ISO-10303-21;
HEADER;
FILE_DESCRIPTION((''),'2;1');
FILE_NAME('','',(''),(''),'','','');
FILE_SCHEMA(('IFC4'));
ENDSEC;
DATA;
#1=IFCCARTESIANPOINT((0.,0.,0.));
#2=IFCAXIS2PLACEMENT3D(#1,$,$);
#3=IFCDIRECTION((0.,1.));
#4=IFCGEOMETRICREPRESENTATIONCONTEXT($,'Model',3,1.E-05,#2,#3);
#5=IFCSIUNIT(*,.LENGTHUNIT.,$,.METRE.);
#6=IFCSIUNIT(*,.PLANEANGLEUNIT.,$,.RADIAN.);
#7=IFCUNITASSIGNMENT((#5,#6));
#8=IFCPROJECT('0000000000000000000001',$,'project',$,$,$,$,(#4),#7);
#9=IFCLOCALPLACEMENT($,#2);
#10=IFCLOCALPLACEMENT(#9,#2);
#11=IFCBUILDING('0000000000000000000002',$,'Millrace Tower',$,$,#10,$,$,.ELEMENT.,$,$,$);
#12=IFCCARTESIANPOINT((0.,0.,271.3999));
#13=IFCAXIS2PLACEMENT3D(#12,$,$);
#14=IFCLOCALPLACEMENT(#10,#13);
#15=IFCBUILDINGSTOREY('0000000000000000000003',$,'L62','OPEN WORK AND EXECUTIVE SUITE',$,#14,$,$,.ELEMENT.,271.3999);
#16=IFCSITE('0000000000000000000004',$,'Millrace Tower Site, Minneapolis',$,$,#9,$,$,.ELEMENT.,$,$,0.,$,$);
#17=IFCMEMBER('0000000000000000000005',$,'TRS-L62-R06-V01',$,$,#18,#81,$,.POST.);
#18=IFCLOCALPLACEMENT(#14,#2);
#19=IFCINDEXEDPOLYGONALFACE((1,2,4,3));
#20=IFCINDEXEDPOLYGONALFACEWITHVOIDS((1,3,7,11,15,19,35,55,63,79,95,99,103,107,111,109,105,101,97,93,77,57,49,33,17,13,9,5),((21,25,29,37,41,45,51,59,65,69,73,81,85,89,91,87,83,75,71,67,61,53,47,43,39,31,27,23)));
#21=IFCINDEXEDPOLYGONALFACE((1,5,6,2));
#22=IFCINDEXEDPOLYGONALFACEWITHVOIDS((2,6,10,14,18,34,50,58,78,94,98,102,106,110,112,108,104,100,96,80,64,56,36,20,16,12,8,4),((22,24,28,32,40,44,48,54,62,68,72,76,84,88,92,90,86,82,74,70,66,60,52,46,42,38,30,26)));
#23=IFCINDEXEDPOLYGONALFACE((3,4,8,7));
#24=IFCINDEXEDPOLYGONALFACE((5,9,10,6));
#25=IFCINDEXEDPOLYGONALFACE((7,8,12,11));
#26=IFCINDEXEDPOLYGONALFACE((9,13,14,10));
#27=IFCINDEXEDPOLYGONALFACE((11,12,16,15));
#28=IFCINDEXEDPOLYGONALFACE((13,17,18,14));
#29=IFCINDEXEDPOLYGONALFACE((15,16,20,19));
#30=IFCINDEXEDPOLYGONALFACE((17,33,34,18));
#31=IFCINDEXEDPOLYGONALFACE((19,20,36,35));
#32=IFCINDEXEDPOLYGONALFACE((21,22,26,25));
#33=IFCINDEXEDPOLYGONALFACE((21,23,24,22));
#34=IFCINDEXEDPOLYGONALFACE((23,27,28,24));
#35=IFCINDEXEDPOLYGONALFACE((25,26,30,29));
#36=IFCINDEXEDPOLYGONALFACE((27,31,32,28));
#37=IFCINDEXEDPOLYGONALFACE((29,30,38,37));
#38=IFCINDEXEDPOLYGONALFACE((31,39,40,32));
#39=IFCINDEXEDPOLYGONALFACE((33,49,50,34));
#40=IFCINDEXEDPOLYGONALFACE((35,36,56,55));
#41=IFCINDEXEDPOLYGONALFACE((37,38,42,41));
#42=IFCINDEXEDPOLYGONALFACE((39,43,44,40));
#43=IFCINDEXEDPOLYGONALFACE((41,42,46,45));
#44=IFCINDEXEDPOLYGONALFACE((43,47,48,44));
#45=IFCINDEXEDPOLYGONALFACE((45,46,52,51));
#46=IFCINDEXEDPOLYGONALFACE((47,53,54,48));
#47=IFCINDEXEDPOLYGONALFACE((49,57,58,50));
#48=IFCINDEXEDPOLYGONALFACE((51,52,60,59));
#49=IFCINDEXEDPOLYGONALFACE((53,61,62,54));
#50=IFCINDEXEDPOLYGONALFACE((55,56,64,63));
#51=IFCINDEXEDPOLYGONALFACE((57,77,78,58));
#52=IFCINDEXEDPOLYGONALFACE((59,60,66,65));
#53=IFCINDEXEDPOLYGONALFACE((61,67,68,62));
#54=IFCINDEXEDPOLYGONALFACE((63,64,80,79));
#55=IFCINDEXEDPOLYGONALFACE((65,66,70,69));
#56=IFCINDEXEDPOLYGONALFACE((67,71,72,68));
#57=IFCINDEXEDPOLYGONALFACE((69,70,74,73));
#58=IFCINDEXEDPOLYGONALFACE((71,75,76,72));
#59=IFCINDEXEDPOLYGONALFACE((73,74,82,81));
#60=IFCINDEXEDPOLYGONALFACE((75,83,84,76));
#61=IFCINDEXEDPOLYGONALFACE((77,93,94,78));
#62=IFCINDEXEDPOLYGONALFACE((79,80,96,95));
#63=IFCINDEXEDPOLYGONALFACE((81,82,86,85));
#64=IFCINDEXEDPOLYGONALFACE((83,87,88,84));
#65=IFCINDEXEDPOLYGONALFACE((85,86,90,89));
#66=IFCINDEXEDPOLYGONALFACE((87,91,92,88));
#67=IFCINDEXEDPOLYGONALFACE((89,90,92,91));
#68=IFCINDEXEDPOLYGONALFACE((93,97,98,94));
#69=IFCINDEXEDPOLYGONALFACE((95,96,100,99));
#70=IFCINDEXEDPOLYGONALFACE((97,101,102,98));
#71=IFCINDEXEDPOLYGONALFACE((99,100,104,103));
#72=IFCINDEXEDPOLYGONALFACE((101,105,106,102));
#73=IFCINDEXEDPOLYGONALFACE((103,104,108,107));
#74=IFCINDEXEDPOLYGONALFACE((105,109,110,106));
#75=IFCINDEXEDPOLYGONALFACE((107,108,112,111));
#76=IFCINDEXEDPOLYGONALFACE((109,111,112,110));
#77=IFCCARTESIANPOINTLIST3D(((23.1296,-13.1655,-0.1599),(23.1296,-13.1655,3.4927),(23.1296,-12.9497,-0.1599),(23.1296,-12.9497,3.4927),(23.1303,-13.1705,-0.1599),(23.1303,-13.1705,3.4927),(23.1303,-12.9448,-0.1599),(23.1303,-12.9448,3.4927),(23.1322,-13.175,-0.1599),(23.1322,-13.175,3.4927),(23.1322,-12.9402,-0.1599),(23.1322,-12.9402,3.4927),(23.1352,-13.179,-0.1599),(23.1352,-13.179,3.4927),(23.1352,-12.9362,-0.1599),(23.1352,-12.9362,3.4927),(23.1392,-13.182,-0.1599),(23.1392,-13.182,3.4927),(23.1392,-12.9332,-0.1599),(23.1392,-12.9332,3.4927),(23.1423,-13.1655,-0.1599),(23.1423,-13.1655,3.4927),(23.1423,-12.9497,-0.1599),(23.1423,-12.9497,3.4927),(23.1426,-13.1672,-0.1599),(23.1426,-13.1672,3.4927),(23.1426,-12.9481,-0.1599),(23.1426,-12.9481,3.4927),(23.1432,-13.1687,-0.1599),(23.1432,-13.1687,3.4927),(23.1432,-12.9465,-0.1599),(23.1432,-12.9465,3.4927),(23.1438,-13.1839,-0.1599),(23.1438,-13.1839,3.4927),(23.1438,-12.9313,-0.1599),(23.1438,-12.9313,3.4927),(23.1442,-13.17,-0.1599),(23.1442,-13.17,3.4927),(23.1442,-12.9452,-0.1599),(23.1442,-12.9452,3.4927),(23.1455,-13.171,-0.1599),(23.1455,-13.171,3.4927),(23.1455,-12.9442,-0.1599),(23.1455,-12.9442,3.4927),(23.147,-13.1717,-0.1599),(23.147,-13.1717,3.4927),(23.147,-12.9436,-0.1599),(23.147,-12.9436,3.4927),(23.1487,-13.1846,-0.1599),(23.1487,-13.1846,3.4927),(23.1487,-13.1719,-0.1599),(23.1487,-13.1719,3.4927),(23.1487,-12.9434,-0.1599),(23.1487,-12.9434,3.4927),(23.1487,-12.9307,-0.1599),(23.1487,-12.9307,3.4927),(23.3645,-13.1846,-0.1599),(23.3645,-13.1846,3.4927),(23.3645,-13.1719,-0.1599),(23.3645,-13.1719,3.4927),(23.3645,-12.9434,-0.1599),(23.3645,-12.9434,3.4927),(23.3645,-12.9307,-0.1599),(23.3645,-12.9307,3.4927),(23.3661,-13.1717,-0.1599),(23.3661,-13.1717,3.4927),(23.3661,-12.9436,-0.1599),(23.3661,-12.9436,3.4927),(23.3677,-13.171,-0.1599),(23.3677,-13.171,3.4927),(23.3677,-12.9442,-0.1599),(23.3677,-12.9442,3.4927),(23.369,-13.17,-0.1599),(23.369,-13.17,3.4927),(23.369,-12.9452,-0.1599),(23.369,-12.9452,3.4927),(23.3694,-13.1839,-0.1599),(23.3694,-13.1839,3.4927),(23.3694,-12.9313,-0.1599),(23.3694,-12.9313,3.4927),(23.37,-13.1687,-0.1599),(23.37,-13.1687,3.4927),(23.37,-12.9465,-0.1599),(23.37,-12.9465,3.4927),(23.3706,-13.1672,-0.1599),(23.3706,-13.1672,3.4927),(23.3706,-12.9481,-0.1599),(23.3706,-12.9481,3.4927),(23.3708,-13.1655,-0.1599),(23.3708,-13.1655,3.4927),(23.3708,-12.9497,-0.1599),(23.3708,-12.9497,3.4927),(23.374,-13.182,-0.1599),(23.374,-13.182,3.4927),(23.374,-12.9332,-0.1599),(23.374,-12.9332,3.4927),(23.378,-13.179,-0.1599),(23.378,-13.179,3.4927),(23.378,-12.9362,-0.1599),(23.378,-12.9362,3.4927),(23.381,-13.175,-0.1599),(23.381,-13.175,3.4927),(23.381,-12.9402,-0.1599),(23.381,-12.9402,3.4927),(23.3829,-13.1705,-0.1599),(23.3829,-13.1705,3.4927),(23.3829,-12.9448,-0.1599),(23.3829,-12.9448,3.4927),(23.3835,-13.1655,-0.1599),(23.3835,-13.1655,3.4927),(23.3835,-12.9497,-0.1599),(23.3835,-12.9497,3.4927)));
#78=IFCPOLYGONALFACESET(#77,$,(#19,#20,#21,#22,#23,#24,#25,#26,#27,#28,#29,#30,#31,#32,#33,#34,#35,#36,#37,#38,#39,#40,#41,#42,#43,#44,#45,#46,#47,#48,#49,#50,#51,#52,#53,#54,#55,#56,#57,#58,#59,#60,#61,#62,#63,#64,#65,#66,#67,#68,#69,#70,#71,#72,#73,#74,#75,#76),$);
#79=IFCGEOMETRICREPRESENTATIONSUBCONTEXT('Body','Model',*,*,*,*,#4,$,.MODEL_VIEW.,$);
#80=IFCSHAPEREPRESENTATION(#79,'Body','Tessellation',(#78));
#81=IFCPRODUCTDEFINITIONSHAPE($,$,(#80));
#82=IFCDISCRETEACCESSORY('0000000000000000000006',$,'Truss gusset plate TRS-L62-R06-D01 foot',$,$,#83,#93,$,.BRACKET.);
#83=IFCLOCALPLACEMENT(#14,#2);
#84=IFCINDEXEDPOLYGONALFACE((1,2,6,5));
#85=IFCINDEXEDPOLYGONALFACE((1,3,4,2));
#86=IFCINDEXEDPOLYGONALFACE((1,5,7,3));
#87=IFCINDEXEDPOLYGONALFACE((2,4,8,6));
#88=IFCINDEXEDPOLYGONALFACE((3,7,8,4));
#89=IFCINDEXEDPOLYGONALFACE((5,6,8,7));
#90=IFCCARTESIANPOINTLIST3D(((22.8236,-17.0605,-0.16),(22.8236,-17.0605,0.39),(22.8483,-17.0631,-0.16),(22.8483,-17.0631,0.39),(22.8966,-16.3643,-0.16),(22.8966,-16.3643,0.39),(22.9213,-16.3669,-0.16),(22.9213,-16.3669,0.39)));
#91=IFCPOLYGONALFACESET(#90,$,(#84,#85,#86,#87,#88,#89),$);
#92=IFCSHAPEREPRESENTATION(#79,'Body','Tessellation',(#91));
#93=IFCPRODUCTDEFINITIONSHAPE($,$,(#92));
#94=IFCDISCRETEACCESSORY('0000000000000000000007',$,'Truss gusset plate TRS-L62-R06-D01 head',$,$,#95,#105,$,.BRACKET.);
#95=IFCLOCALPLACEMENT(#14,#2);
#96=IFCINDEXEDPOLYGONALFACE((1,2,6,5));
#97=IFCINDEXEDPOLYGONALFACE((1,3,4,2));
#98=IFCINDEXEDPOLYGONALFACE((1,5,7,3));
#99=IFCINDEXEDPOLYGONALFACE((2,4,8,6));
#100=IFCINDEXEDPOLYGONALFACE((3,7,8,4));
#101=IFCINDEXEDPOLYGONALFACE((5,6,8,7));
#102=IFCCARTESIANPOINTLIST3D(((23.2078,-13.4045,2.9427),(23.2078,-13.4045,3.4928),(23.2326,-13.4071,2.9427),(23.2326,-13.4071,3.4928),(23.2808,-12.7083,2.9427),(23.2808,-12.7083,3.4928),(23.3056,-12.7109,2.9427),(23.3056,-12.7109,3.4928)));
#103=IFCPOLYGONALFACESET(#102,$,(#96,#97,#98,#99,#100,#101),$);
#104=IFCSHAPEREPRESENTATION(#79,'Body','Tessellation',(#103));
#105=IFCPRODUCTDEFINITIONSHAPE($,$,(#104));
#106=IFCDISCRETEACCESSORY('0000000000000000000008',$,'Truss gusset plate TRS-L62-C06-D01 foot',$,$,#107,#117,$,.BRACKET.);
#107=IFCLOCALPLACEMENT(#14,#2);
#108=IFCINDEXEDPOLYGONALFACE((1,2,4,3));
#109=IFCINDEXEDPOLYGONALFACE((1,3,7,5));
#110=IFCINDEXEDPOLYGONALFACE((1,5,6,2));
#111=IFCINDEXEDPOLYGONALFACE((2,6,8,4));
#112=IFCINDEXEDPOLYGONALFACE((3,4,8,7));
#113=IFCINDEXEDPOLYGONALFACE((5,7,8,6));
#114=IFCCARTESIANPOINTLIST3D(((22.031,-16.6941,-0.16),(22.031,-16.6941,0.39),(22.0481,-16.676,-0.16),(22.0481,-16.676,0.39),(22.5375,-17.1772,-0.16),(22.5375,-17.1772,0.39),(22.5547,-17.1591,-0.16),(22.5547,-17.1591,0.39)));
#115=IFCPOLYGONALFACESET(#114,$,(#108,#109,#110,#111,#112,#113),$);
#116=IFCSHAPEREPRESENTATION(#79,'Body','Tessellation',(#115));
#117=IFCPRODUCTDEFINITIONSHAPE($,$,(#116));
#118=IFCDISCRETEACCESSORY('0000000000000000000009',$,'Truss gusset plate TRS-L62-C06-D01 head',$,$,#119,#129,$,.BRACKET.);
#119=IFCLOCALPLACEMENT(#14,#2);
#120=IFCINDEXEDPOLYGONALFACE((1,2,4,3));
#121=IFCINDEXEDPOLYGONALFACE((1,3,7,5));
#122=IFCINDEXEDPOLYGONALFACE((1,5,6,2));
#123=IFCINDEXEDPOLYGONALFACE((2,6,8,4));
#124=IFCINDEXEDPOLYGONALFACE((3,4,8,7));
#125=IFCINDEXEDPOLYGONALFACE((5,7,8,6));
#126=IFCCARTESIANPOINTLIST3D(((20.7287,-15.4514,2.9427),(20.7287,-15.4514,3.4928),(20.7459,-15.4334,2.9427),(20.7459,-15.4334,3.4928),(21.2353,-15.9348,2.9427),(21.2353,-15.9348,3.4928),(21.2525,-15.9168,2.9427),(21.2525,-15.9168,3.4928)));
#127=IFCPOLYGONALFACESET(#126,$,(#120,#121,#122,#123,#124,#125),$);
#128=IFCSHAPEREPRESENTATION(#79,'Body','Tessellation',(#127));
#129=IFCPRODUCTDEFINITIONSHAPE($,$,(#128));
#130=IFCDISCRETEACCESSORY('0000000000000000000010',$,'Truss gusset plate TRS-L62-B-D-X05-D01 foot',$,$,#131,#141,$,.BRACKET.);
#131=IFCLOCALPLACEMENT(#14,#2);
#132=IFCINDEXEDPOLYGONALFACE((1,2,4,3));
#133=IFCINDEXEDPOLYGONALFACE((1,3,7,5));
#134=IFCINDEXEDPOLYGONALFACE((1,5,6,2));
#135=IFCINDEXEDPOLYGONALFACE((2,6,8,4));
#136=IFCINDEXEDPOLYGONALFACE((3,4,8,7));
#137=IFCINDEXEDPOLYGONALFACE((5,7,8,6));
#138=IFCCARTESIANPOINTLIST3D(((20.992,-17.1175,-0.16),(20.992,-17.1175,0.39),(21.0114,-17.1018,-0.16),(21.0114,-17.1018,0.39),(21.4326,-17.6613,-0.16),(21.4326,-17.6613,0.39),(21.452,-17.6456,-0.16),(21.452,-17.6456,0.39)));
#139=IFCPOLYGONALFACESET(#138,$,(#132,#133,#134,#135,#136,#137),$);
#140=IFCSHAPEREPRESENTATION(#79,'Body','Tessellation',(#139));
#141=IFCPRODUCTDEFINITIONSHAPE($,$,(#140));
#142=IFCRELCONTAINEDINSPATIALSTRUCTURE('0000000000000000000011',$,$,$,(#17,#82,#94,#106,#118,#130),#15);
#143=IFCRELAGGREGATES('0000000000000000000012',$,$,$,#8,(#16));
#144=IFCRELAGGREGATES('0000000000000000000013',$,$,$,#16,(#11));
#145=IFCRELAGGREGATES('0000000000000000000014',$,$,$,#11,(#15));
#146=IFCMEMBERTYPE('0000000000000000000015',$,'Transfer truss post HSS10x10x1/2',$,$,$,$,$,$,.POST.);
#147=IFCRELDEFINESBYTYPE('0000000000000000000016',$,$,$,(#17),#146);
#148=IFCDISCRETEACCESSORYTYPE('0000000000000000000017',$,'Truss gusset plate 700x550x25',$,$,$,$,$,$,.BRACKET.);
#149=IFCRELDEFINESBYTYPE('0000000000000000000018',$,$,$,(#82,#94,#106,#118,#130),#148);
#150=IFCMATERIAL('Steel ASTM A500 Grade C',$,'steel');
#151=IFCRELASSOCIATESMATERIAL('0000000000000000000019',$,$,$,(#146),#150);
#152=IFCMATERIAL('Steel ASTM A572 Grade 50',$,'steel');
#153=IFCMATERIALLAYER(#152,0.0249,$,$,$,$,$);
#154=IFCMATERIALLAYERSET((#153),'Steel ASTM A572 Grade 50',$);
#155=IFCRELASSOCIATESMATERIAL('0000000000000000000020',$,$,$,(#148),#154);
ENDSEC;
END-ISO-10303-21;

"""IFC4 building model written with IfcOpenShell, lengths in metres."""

from ifc_helpers import new_model, si_unit, direction, frame, origin, origin_2d, place, context, subcontext, project, spatial, rectangle, hollow_rectangle, extrude, material, layer, layer_set, material_profile, profile_set, type_object, element, save


model = new_model("IFC4")

# Units and contexts
model_context = context("Model", 3, precision=1e-05, world=origin(), true_north=direction((0.0, 1.0)))
body_context = subcontext(model_context, "Body", "Model", "MODEL_VIEW")
ifc_project = project(units=[si_unit("LENGTHUNIT", "METRE"), si_unit("PLANEANGLEUNIT", "RADIAN")], contexts=[model_context])

# Site, building, storey
site_placement = place(None, origin())
site = spatial("IfcSite", under=ifc_project, at=site_placement, Name="Millrace Tower Site, Minneapolis", CompositionType="ELEMENT", RefElevation=0.0)
building_placement = place(site_placement, origin())
building = spatial("IfcBuilding", under=site, at=building_placement, Name="Millrace Tower", CompositionType="ELEMENT")
storey_placement = place(building_placement, frame((0.0, 0.0, 271.3999)))
storey = spatial("IfcBuildingStorey", under=building, at=storey_placement, Name="L62", Description="OPEN WORK AND EXECUTIVE SUITE", CompositionType="ELEMENT", Elevation=271.3999)

# Member
ifc_material_1 = material(Name="Steel ASTM A500 Grade C", Category="steel")
ifc_material_profile_1 = material_profile(ifc_material_1, hollow_rectangle(XDim=0.2539, YDim=0.2539, WallThickness=0.0127, InnerFilletRadius=0.0063, OuterFilletRadius=0.019, at=origin_2d()))
ifc_profile_set_1 = profile_set([ifc_material_profile_1], Name="Steel ASTM A500 Grade C")
member_type_1 = type_object("IfcMemberType", Name="Transfer truss post HSS10x10x1/2", PredefinedType="POST", material=ifc_profile_set_1)
member_1_placement = place(storey_placement, frame((23.2566, -13.0576, -0.1599), z_axis=(0.0, 0.0, 1.0), x_axis=(1.0, 0.0, 0.0)))
element("IfcMember", 1, at=member_1_placement, inside=storey, type_object=member_type_1, Name="TRS-L62-R06-V01", PredefinedType="POST", context=body_context, shape_type="SweptSolid", body=[
    extrude(hollow_rectangle(XDim=0.2539, YDim=0.2539, WallThickness=0.0127, InnerFilletRadius=0.0063, OuterFilletRadius=0.019, at=origin_2d()), origin(), (0.0, 0.0, 1.0), 3.6526),
])

# Discrete accessories
ifc_material_2 = material(Name="Steel ASTM A572 Grade 50", Category="steel")
ifc_layer_1 = layer(ifc_material_2, 0.0249)
ifc_layer_set_1 = layer_set([ifc_layer_1], Name="Steel ASTM A572 Grade 50")
discrete_accessory_type = type_object("IfcDiscreteAccessoryType", Name="Truss gusset plate 700x550x25", PredefinedType="BRACKET", material=ifc_layer_set_1)
for number, where, z_axis, x_axis, name in (
    (2, (22.8359, -17.0618, 0.115), (0.104303, 0.994546, 0.0), (-0.994546, 0.104303, 0.0), "Truss gusset plate TRS-L62-R06-D01 foot"),
    (3, (23.2202, -13.4058, 3.2178), (0.104303, 0.994546, 0.0), (-0.994546, 0.104303, 0.0), "Truss gusset plate TRS-L62-R06-D01 head"),
    (4, (22.0396, -16.6851, 0.115), (0.723648, -0.690169, 0.0), (0.690169, 0.723648, 0.0), "Truss gusset plate TRS-L62-C06-D01 foot"),
):
    element("IfcDiscreteAccessory", number, at=place(storey_placement, frame(where, z_axis=z_axis, x_axis=x_axis)), inside=storey, type_object=discrete_accessory_type, Name=name, PredefinedType="BRACKET", context=body_context, shape_type="SweptSolid", body=[
        extrude(rectangle(XDim=0.0249, YDim=0.55, at=origin_2d()), origin(), (0.0, 0.0, 1.0), 0.7),
    ])
discrete_accessory_1_placement = place(storey_placement, frame((20.7373, -15.4424, 3.2178), z_axis=(0.723474, -0.690351, 0.0), x_axis=(0.690351, 0.723474, 0.0)))
element("IfcDiscreteAccessory", 5, at=discrete_accessory_1_placement, inside=storey, type_object=discrete_accessory_type, Name="Truss gusset plate TRS-L62-C06-D01 head", PredefinedType="BRACKET", context=body_context, shape_type="SweptSolid", body=[
    extrude(rectangle(XDim=0.0249, YDim=0.55, at=origin_2d()), origin(), (0.0, 0.0, 1.0), 0.7002),
])
discrete_accessory_2_placement = place(storey_placement, frame((21.0017, -17.1096, 0.115), z_axis=(0.629489, -0.777009, 0.0), x_axis=(0.777009, 0.629489, 0.0)))
element("IfcDiscreteAccessory", 6, at=discrete_accessory_2_placement, inside=storey, type_object=discrete_accessory_type, Name="Truss gusset plate TRS-L62-B-D-X05-D01 foot", PredefinedType="BRACKET", context=body_context, shape_type="SweptSolid", body=[
    extrude(rectangle(XDim=0.0249, YDim=0.55, at=origin_2d()), origin(), (0.0, 0.0, 1.0), 0.7),
])

save(model, "model.ifc")
